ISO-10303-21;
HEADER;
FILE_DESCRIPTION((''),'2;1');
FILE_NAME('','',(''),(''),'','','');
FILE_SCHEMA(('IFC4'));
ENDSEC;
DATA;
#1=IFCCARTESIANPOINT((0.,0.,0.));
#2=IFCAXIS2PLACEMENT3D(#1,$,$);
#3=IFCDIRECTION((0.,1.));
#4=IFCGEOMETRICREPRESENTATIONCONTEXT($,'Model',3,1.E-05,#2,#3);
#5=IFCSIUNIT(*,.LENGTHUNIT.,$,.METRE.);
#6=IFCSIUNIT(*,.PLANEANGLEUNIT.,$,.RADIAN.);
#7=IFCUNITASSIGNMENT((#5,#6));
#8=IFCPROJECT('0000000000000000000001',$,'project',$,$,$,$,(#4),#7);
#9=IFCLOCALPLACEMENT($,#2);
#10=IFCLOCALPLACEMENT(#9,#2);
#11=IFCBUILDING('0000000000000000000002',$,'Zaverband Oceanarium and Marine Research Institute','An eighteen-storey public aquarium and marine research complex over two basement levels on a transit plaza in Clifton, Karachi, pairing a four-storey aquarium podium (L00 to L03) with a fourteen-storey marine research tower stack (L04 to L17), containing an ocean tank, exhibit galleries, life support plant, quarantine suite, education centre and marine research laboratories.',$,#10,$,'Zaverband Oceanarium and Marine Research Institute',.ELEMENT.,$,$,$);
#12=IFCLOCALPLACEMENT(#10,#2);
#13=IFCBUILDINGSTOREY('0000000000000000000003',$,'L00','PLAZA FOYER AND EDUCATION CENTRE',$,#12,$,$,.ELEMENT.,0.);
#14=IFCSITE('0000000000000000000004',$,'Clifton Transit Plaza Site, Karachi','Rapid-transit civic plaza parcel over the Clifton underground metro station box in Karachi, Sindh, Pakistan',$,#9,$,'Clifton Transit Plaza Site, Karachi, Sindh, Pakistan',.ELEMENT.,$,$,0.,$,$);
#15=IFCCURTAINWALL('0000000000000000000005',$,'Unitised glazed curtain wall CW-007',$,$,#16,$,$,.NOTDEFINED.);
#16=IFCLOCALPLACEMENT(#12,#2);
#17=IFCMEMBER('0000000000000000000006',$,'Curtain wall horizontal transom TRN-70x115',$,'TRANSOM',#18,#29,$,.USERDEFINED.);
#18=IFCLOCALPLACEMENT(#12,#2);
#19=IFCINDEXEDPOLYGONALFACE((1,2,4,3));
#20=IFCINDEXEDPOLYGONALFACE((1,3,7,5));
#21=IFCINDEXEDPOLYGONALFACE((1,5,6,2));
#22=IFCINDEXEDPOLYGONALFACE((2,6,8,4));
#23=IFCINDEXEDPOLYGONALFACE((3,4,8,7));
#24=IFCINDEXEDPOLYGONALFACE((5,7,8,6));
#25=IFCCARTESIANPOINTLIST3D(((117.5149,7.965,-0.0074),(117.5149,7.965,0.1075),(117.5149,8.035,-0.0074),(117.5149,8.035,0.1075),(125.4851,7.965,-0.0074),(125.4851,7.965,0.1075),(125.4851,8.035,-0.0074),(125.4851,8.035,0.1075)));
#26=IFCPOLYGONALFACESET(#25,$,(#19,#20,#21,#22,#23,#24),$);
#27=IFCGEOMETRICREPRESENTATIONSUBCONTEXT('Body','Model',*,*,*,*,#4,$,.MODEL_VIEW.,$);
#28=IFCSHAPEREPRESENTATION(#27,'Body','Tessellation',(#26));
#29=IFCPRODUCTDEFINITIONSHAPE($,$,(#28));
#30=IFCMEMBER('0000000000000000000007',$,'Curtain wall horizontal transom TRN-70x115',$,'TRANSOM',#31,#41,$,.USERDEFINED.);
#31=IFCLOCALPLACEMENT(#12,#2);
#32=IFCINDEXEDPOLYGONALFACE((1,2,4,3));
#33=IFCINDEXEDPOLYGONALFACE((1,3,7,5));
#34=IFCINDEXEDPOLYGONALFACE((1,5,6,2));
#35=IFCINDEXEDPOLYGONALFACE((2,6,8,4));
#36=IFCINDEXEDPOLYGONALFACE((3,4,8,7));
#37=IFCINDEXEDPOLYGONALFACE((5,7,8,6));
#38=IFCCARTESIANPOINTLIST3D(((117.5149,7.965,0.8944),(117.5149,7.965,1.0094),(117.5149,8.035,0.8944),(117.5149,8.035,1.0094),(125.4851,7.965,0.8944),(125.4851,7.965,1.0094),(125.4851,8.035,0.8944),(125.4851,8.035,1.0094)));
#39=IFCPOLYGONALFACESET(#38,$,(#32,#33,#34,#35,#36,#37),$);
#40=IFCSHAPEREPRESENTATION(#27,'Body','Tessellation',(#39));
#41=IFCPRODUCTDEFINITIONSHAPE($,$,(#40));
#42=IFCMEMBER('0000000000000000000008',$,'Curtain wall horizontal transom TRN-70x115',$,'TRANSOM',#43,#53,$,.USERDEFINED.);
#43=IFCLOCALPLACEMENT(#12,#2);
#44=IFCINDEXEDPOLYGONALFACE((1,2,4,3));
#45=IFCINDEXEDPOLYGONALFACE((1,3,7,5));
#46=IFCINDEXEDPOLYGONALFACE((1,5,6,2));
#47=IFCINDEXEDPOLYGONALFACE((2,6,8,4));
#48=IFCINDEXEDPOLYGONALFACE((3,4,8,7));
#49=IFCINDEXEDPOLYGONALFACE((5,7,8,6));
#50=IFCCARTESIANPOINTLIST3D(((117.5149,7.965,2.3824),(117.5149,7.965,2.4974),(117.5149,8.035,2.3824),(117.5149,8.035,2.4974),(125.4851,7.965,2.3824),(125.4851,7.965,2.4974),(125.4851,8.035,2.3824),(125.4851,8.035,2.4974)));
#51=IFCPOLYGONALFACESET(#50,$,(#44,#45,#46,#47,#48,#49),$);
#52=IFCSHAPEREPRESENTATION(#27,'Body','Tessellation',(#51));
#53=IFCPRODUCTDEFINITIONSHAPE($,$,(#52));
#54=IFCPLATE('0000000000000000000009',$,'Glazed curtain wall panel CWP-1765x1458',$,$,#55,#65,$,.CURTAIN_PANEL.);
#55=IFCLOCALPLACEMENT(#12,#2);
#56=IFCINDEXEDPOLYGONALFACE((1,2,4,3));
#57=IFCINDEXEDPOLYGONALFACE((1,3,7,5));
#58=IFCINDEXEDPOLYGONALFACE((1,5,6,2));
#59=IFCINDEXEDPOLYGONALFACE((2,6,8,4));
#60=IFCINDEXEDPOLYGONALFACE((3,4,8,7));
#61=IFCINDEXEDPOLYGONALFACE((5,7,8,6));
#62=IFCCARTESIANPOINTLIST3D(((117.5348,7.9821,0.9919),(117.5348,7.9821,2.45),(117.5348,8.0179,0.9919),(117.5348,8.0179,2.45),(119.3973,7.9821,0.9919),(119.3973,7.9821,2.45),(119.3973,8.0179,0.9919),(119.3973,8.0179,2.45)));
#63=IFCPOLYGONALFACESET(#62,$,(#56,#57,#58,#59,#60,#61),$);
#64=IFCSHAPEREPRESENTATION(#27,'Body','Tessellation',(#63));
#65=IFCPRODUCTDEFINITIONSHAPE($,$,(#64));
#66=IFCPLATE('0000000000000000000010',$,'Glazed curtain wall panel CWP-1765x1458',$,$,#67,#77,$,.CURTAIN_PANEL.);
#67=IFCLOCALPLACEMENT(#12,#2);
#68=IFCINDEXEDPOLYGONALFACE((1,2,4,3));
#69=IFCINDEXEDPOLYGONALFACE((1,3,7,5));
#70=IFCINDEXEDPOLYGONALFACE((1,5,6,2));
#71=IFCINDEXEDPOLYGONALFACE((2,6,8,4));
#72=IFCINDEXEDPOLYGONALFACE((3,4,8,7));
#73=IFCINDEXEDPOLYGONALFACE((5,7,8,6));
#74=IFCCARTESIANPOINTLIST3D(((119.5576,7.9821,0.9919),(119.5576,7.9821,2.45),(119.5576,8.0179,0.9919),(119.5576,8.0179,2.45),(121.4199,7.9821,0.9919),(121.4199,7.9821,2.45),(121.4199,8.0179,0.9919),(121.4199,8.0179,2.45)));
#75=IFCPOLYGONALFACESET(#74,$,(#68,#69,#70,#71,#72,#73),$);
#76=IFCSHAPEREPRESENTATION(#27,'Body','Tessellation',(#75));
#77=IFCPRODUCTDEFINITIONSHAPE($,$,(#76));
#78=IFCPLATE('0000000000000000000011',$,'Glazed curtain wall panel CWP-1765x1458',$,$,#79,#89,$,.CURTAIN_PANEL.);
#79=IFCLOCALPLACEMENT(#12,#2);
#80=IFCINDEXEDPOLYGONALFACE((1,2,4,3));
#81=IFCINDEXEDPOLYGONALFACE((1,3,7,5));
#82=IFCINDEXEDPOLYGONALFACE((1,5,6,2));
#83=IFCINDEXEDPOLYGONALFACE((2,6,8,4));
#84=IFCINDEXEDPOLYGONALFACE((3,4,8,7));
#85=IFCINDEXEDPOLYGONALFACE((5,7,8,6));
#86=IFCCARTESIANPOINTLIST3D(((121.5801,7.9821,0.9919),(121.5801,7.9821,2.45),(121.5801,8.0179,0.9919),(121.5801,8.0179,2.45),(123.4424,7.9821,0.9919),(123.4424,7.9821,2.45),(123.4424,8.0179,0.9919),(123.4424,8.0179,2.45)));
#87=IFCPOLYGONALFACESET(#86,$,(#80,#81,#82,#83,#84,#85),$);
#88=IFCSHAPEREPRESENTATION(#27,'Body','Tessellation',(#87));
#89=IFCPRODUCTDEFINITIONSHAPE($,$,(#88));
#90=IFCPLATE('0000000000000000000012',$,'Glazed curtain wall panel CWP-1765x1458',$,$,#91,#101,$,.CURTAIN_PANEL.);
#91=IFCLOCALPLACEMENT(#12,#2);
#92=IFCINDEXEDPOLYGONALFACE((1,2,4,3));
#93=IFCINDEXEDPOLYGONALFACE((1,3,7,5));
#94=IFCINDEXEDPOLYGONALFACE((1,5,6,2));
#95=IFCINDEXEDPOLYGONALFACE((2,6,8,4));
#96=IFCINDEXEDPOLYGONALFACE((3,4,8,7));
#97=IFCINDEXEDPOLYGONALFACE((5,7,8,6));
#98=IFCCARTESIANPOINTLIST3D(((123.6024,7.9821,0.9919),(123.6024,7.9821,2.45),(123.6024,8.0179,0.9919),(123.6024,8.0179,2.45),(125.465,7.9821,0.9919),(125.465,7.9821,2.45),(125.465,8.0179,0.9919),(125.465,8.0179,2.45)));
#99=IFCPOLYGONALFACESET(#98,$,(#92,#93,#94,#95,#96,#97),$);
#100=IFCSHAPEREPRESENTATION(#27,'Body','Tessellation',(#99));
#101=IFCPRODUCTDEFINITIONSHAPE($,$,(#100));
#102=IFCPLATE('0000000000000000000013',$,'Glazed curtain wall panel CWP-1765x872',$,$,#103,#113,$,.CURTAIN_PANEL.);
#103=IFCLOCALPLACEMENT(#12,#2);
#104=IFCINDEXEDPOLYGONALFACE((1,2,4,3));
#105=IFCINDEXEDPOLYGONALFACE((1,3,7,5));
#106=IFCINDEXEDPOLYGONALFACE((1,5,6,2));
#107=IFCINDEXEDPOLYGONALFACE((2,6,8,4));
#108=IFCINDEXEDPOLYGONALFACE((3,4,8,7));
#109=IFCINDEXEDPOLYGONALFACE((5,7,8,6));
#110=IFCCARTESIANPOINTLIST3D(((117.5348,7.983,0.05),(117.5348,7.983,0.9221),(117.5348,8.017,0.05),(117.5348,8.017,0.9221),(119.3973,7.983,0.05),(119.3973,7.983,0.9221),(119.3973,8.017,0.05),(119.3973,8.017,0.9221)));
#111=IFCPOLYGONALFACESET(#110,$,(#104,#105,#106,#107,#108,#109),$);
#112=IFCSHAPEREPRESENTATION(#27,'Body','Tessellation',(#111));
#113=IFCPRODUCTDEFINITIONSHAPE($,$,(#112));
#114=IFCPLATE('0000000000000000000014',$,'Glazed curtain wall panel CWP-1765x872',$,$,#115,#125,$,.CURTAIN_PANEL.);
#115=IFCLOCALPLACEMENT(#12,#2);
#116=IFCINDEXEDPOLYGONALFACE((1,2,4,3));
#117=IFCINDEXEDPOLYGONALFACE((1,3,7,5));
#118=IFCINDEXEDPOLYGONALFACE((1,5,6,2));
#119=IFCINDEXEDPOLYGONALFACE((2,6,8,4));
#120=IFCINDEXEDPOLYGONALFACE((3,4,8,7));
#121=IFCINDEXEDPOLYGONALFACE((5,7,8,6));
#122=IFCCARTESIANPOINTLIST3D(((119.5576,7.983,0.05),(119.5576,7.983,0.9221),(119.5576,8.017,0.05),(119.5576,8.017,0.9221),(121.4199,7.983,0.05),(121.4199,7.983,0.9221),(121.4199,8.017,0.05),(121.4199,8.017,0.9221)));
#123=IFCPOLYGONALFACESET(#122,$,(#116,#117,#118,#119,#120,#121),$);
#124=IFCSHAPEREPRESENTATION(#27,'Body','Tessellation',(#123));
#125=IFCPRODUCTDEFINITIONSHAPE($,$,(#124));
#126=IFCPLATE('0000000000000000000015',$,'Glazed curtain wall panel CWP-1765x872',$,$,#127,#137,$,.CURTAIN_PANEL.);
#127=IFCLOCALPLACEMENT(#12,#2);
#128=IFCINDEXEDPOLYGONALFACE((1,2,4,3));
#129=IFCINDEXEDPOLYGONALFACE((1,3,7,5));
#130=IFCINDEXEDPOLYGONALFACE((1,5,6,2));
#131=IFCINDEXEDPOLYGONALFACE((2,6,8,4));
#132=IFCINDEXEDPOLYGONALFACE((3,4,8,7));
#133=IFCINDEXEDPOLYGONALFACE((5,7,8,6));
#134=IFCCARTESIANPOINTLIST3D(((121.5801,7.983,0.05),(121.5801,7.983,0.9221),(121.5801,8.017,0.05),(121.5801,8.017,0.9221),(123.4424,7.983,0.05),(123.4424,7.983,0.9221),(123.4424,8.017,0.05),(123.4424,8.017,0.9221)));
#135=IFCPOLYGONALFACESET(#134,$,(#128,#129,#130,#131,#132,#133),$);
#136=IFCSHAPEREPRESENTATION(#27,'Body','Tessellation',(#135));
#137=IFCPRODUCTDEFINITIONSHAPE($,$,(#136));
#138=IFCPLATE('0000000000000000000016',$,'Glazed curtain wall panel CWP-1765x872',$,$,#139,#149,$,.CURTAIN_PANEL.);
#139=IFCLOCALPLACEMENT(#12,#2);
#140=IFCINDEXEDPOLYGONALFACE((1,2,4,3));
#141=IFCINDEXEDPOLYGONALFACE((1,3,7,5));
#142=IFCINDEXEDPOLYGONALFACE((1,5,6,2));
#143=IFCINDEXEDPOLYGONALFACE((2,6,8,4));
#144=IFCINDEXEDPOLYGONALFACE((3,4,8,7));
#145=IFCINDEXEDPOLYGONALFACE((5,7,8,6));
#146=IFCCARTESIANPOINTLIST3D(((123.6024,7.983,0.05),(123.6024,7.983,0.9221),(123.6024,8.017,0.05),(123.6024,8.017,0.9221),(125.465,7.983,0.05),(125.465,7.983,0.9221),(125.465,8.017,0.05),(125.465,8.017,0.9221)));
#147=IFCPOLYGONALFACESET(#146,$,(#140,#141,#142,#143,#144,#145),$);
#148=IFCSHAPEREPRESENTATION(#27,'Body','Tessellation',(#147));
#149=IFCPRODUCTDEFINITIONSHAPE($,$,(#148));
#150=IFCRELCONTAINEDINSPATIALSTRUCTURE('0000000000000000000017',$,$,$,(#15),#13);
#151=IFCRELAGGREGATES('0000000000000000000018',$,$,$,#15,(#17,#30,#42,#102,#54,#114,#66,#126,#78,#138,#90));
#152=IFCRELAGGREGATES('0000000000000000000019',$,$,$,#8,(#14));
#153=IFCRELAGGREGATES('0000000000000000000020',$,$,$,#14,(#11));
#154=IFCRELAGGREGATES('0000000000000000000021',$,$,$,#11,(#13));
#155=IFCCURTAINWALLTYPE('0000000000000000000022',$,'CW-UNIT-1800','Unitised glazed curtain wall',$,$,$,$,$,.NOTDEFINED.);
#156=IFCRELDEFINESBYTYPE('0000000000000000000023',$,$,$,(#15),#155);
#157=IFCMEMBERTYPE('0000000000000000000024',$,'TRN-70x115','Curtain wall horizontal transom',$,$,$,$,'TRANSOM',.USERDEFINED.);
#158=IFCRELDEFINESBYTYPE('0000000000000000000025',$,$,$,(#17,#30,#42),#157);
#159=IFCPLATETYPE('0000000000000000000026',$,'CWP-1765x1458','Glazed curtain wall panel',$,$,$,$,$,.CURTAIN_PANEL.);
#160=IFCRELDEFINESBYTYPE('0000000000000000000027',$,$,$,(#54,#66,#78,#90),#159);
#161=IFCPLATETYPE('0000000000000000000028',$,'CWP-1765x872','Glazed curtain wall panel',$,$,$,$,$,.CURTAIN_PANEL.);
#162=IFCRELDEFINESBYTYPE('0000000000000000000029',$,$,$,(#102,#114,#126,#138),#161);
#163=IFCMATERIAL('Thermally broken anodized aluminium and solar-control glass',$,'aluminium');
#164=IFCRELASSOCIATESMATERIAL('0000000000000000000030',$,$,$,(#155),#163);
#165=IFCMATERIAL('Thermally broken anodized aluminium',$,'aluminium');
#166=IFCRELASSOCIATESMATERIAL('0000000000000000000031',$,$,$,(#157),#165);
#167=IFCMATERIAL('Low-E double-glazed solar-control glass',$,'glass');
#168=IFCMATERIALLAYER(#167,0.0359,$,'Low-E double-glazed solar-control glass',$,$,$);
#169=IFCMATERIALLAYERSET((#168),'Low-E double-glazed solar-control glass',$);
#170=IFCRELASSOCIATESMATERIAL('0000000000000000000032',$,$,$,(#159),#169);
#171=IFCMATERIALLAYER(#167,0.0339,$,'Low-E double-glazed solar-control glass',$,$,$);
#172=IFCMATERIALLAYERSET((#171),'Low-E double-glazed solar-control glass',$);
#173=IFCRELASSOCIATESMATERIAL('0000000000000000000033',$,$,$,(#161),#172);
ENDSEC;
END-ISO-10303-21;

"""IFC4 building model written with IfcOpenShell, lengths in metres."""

from ifc_helpers import new_model, si_unit, direction, frame, frame_2d, origin, origin_2d, place, context, subcontext, project, spatial, rectangle, extrude, material, layer, layer_set, material_profile, profile_set, type_object, element, aggregate, save


model = new_model("IFC4")

# Units and contexts
model_context = context("Model", 3, precision=1e-05, world=origin(), true_north=direction((0.0, 1.0)))
body_context = subcontext(model_context, "Body", "Model", "MODEL_VIEW")
ifc_project = project(units=[si_unit("LENGTHUNIT", "METRE"), si_unit("PLANEANGLEUNIT", "RADIAN")], contexts=[model_context])

# Site, building, storey
site_placement = place(None, origin())
site = spatial("IfcSite", under=ifc_project, at=site_placement, Name="Clifton Transit Plaza Site, Karachi", Description="Rapid-transit civic plaza parcel over the Clifton underground metro station box in Karachi, Sindh, Pakistan", LongName="Clifton Transit Plaza Site, Karachi, Sindh, Pakistan", CompositionType="ELEMENT", RefElevation=0.0)
building_placement = place(site_placement, origin())
building = spatial("IfcBuilding", under=site, at=building_placement, Name="Zaverband Oceanarium and Marine Research Institute", Description="An eighteen-storey public aquarium and marine research complex over two basement levels on a transit plaza in Clifton, Karachi, pairing a four-storey aquarium podium (L00 to L03) with a fourteen-storey marine research tower stack (L04 to L17), containing an ocean tank, exhibit galleries, life support plant, quarantine suite, education centre and marine research laboratories.", LongName="Zaverband Oceanarium and Marine Research Institute", CompositionType="ELEMENT")
storey_placement = place(building_placement, origin())
storey = spatial("IfcBuildingStorey", under=building, at=storey_placement, Name="L00", Description="PLAZA FOYER AND EDUCATION CENTRE", CompositionType="ELEMENT", Elevation=0.0)

# Curtain wall, members, plates
ifc_material_1 = material(Name="Thermally broken anodized aluminium and solar-control glass", Category="aluminium")
curtain_wall_type = type_object("IfcCurtainWallType", Name="CW-UNIT-1800", Description="Unitised glazed curtain wall", PredefinedType="NOTDEFINED", material=ifc_material_1)
curtain_wall_placement = place(storey_placement, origin())
curtain_wall = element("IfcCurtainWall", 1, at=curtain_wall_placement, inside=storey, type_object=curtain_wall_type, Name="Unitised glazed curtain wall CW-007", PredefinedType="NOTDEFINED")
ifc_material_2 = material(Name="Thermally broken anodized aluminium", Category="aluminium")
ifc_material_profile_1 = material_profile(ifc_material_2, rectangle(XDim=0.0701, YDim=0.115, at=origin_2d()), Name="AL-TRN-70x115")
ifc_profile_set_1 = profile_set([ifc_material_profile_1], Name="Thermally broken anodized aluminium")
member_type_1 = type_object("IfcMemberType", Name="TRN-70x115", Description="Curtain wall horizontal transom", ElementType="TRANSOM", PredefinedType="USERDEFINED", material=ifc_profile_set_1)
member_1_placement = place(storey_placement, frame((117.5149, 8.0, 0.05), z_axis=(1.0, 0.0, 0.0), x_axis=(0.0, 1.0, 0.0)))
member_1 = element("IfcMember", 2, at=member_1_placement, type_object=member_type_1, Name="Curtain wall horizontal transom TRN-70x115", ObjectType="TRANSOM", PredefinedType="USERDEFINED", context=body_context, shape_type="SweptSolid", body=[
    extrude(rectangle(XDim=0.0701, YDim=0.115, at=origin_2d()), origin(), (0.0, 0.0, 1.0), 7.9702),
])
member_2_placement = place(storey_placement, frame((117.5149, 8.0, 0.9519), z_axis=(1.0, 0.0, 0.0), x_axis=(0.0, 1.0, 0.0)))
member_2 = element("IfcMember", 3, at=member_2_placement, type_object=member_type_1, Name="Curtain wall horizontal transom TRN-70x115", ObjectType="TRANSOM", PredefinedType="USERDEFINED", context=body_context, shape_type="SweptSolid", body=[
    extrude(rectangle(XDim=0.0701, YDim=0.115, at=origin_2d()), origin(), (0.0, 0.0, 1.0), 7.9702),
])
member_3_placement = place(storey_placement, frame((117.5149, 8.0, 2.4399), z_axis=(1.0, 0.0, 0.0), x_axis=(0.0, 1.0, 0.0)))
member_3 = element("IfcMember", 4, at=member_3_placement, type_object=member_type_1, Name="Curtain wall horizontal transom TRN-70x115", ObjectType="TRANSOM", PredefinedType="USERDEFINED", context=body_context, shape_type="SweptSolid", body=[
    extrude(rectangle(XDim=0.0701, YDim=0.115, at=origin_2d()), origin(), (0.0, 0.0, 1.0), 7.9702),
])
ifc_material_3 = material(Name="Low-E double-glazed solar-control glass", Category="glass")
ifc_layer_1 = layer(ifc_material_3, 0.0359, Name="Low-E double-glazed solar-control glass")
ifc_layer_set_1 = layer_set([ifc_layer_1], Name="Low-E double-glazed solar-control glass")
plate_type_1 = type_object("IfcPlateType", Name="CWP-1765x1458", Description="Glazed curtain wall panel", PredefinedType="CURTAIN_PANEL", material=ifc_layer_set_1)
plate_1_placement = place(storey_placement, frame((117.5349, 8.0, 0.9919), z_axis=(0.0, 0.0, 1.0), x_axis=(1.0, 0.0, 0.0)))
plate_1 = element("IfcPlate", 5, at=plate_1_placement, type_object=plate_type_1, Name="Glazed curtain wall panel CWP-1765x1458", PredefinedType="CURTAIN_PANEL", context=body_context, shape_type="SweptSolid", body=[
    extrude(rectangle(XDim=1.8625, YDim=0.0359, at=frame_2d((0.9312, 0.0))), origin(), (0.0, 0.0, 1.0), 1.458),
])
plate_2_placement = place(storey_placement, frame((119.5576, 8.0, 0.9919), z_axis=(0.0, 0.0, 1.0), x_axis=(1.0, 0.0, 0.0)))
plate_2 = element("IfcPlate", 6, at=plate_2_placement, type_object=plate_type_1, Name="Glazed curtain wall panel CWP-1765x1458", PredefinedType="CURTAIN_PANEL", context=body_context, shape_type="SweptSolid", body=[
    extrude(rectangle(XDim=1.8623, YDim=0.0359, at=frame_2d((0.9312, 0.0))), origin(), (0.0, 0.0, 1.0), 1.458),
])
plate_3_placement = place(storey_placement, frame((121.5801, 8.0, 0.9919), z_axis=(0.0, 0.0, 1.0), x_axis=(1.0, 0.0, 0.0)))
plate_3 = element("IfcPlate", 7, at=plate_3_placement, type_object=plate_type_1, Name="Glazed curtain wall panel CWP-1765x1458", PredefinedType="CURTAIN_PANEL", context=body_context, shape_type="SweptSolid", body=[
    extrude(rectangle(XDim=1.8623, YDim=0.0359, at=frame_2d((0.9312, 0.0))), origin(), (0.0, 0.0, 1.0), 1.458),
])
plate_4_placement = place(storey_placement, frame((123.6025, 8.0, 0.9919), z_axis=(0.0, 0.0, 1.0), x_axis=(1.0, 0.0, 0.0)))
plate_4 = element("IfcPlate", 8, at=plate_4_placement, type_object=plate_type_1, Name="Glazed curtain wall panel CWP-1765x1458", PredefinedType="CURTAIN_PANEL", context=body_context, shape_type="SweptSolid", body=[
    extrude(rectangle(XDim=1.8625, YDim=0.0359, at=frame_2d((0.9312, 0.0))), origin(), (0.0, 0.0, 1.0), 1.458),
])
ifc_layer_2 = layer(ifc_material_3, 0.0339, Name="Low-E double-glazed solar-control glass")
ifc_layer_set_2 = layer_set([ifc_layer_2], Name="Low-E double-glazed solar-control glass")
plate_type_2 = type_object("IfcPlateType", Name="CWP-1765x872", Description="Glazed curtain wall panel", PredefinedType="CURTAIN_PANEL", material=ifc_layer_set_2)
plate_5_placement = place(storey_placement, frame((117.5349, 8.0, 0.05), z_axis=(0.0, 0.0, 1.0), x_axis=(1.0, 0.0, 0.0)))
plate_5 = element("IfcPlate", 9, at=plate_5_placement, type_object=plate_type_2, Name="Glazed curtain wall panel CWP-1765x872", PredefinedType="CURTAIN_PANEL", context=body_context, shape_type="SweptSolid", body=[
    extrude(rectangle(XDim=1.8625, YDim=0.0339, at=frame_2d((0.9312, 0.0))), origin(), (0.0, 0.0, 1.0), 0.8721),
])
plate_6_placement = place(storey_placement, frame((119.5576, 8.0, 0.05), z_axis=(0.0, 0.0, 1.0), x_axis=(1.0, 0.0, 0.0)))
plate_6 = element("IfcPlate", 10, at=plate_6_placement, type_object=plate_type_2, Name="Glazed curtain wall panel CWP-1765x872", PredefinedType="CURTAIN_PANEL", context=body_context, shape_type="SweptSolid", body=[
    extrude(rectangle(XDim=1.8623, YDim=0.0339, at=frame_2d((0.9312, 0.0))), origin(), (0.0, 0.0, 1.0), 0.8721),
])
plate_7_placement = place(storey_placement, frame((121.5801, 8.0, 0.05), z_axis=(0.0, 0.0, 1.0), x_axis=(1.0, 0.0, 0.0)))
plate_7 = element("IfcPlate", 11, at=plate_7_placement, type_object=plate_type_2, Name="Glazed curtain wall panel CWP-1765x872", PredefinedType="CURTAIN_PANEL", context=body_context, shape_type="SweptSolid", body=[
    extrude(rectangle(XDim=1.8623, YDim=0.0339, at=frame_2d((0.9312, 0.0))), origin(), (0.0, 0.0, 1.0), 0.8721),
])
plate_8_placement = place(storey_placement, frame((123.6025, 8.0, 0.05), z_axis=(0.0, 0.0, 1.0), x_axis=(1.0, 0.0, 0.0)))
plate_8 = element("IfcPlate", 12, at=plate_8_placement, type_object=plate_type_2, Name="Glazed curtain wall panel CWP-1765x872", PredefinedType="CURTAIN_PANEL", context=body_context, shape_type="SweptSolid", body=[
    extrude(rectangle(XDim=1.8625, YDim=0.0339, at=frame_2d((0.9312, 0.0))), origin(), (0.0, 0.0, 1.0), 0.8721),
])
aggregate(curtain_wall, [member_1, member_2, member_3, plate_5, plate_1, plate_6, plate_2, plate_7, plate_3, plate_8, plate_4])

save(model, "model.ifc")
